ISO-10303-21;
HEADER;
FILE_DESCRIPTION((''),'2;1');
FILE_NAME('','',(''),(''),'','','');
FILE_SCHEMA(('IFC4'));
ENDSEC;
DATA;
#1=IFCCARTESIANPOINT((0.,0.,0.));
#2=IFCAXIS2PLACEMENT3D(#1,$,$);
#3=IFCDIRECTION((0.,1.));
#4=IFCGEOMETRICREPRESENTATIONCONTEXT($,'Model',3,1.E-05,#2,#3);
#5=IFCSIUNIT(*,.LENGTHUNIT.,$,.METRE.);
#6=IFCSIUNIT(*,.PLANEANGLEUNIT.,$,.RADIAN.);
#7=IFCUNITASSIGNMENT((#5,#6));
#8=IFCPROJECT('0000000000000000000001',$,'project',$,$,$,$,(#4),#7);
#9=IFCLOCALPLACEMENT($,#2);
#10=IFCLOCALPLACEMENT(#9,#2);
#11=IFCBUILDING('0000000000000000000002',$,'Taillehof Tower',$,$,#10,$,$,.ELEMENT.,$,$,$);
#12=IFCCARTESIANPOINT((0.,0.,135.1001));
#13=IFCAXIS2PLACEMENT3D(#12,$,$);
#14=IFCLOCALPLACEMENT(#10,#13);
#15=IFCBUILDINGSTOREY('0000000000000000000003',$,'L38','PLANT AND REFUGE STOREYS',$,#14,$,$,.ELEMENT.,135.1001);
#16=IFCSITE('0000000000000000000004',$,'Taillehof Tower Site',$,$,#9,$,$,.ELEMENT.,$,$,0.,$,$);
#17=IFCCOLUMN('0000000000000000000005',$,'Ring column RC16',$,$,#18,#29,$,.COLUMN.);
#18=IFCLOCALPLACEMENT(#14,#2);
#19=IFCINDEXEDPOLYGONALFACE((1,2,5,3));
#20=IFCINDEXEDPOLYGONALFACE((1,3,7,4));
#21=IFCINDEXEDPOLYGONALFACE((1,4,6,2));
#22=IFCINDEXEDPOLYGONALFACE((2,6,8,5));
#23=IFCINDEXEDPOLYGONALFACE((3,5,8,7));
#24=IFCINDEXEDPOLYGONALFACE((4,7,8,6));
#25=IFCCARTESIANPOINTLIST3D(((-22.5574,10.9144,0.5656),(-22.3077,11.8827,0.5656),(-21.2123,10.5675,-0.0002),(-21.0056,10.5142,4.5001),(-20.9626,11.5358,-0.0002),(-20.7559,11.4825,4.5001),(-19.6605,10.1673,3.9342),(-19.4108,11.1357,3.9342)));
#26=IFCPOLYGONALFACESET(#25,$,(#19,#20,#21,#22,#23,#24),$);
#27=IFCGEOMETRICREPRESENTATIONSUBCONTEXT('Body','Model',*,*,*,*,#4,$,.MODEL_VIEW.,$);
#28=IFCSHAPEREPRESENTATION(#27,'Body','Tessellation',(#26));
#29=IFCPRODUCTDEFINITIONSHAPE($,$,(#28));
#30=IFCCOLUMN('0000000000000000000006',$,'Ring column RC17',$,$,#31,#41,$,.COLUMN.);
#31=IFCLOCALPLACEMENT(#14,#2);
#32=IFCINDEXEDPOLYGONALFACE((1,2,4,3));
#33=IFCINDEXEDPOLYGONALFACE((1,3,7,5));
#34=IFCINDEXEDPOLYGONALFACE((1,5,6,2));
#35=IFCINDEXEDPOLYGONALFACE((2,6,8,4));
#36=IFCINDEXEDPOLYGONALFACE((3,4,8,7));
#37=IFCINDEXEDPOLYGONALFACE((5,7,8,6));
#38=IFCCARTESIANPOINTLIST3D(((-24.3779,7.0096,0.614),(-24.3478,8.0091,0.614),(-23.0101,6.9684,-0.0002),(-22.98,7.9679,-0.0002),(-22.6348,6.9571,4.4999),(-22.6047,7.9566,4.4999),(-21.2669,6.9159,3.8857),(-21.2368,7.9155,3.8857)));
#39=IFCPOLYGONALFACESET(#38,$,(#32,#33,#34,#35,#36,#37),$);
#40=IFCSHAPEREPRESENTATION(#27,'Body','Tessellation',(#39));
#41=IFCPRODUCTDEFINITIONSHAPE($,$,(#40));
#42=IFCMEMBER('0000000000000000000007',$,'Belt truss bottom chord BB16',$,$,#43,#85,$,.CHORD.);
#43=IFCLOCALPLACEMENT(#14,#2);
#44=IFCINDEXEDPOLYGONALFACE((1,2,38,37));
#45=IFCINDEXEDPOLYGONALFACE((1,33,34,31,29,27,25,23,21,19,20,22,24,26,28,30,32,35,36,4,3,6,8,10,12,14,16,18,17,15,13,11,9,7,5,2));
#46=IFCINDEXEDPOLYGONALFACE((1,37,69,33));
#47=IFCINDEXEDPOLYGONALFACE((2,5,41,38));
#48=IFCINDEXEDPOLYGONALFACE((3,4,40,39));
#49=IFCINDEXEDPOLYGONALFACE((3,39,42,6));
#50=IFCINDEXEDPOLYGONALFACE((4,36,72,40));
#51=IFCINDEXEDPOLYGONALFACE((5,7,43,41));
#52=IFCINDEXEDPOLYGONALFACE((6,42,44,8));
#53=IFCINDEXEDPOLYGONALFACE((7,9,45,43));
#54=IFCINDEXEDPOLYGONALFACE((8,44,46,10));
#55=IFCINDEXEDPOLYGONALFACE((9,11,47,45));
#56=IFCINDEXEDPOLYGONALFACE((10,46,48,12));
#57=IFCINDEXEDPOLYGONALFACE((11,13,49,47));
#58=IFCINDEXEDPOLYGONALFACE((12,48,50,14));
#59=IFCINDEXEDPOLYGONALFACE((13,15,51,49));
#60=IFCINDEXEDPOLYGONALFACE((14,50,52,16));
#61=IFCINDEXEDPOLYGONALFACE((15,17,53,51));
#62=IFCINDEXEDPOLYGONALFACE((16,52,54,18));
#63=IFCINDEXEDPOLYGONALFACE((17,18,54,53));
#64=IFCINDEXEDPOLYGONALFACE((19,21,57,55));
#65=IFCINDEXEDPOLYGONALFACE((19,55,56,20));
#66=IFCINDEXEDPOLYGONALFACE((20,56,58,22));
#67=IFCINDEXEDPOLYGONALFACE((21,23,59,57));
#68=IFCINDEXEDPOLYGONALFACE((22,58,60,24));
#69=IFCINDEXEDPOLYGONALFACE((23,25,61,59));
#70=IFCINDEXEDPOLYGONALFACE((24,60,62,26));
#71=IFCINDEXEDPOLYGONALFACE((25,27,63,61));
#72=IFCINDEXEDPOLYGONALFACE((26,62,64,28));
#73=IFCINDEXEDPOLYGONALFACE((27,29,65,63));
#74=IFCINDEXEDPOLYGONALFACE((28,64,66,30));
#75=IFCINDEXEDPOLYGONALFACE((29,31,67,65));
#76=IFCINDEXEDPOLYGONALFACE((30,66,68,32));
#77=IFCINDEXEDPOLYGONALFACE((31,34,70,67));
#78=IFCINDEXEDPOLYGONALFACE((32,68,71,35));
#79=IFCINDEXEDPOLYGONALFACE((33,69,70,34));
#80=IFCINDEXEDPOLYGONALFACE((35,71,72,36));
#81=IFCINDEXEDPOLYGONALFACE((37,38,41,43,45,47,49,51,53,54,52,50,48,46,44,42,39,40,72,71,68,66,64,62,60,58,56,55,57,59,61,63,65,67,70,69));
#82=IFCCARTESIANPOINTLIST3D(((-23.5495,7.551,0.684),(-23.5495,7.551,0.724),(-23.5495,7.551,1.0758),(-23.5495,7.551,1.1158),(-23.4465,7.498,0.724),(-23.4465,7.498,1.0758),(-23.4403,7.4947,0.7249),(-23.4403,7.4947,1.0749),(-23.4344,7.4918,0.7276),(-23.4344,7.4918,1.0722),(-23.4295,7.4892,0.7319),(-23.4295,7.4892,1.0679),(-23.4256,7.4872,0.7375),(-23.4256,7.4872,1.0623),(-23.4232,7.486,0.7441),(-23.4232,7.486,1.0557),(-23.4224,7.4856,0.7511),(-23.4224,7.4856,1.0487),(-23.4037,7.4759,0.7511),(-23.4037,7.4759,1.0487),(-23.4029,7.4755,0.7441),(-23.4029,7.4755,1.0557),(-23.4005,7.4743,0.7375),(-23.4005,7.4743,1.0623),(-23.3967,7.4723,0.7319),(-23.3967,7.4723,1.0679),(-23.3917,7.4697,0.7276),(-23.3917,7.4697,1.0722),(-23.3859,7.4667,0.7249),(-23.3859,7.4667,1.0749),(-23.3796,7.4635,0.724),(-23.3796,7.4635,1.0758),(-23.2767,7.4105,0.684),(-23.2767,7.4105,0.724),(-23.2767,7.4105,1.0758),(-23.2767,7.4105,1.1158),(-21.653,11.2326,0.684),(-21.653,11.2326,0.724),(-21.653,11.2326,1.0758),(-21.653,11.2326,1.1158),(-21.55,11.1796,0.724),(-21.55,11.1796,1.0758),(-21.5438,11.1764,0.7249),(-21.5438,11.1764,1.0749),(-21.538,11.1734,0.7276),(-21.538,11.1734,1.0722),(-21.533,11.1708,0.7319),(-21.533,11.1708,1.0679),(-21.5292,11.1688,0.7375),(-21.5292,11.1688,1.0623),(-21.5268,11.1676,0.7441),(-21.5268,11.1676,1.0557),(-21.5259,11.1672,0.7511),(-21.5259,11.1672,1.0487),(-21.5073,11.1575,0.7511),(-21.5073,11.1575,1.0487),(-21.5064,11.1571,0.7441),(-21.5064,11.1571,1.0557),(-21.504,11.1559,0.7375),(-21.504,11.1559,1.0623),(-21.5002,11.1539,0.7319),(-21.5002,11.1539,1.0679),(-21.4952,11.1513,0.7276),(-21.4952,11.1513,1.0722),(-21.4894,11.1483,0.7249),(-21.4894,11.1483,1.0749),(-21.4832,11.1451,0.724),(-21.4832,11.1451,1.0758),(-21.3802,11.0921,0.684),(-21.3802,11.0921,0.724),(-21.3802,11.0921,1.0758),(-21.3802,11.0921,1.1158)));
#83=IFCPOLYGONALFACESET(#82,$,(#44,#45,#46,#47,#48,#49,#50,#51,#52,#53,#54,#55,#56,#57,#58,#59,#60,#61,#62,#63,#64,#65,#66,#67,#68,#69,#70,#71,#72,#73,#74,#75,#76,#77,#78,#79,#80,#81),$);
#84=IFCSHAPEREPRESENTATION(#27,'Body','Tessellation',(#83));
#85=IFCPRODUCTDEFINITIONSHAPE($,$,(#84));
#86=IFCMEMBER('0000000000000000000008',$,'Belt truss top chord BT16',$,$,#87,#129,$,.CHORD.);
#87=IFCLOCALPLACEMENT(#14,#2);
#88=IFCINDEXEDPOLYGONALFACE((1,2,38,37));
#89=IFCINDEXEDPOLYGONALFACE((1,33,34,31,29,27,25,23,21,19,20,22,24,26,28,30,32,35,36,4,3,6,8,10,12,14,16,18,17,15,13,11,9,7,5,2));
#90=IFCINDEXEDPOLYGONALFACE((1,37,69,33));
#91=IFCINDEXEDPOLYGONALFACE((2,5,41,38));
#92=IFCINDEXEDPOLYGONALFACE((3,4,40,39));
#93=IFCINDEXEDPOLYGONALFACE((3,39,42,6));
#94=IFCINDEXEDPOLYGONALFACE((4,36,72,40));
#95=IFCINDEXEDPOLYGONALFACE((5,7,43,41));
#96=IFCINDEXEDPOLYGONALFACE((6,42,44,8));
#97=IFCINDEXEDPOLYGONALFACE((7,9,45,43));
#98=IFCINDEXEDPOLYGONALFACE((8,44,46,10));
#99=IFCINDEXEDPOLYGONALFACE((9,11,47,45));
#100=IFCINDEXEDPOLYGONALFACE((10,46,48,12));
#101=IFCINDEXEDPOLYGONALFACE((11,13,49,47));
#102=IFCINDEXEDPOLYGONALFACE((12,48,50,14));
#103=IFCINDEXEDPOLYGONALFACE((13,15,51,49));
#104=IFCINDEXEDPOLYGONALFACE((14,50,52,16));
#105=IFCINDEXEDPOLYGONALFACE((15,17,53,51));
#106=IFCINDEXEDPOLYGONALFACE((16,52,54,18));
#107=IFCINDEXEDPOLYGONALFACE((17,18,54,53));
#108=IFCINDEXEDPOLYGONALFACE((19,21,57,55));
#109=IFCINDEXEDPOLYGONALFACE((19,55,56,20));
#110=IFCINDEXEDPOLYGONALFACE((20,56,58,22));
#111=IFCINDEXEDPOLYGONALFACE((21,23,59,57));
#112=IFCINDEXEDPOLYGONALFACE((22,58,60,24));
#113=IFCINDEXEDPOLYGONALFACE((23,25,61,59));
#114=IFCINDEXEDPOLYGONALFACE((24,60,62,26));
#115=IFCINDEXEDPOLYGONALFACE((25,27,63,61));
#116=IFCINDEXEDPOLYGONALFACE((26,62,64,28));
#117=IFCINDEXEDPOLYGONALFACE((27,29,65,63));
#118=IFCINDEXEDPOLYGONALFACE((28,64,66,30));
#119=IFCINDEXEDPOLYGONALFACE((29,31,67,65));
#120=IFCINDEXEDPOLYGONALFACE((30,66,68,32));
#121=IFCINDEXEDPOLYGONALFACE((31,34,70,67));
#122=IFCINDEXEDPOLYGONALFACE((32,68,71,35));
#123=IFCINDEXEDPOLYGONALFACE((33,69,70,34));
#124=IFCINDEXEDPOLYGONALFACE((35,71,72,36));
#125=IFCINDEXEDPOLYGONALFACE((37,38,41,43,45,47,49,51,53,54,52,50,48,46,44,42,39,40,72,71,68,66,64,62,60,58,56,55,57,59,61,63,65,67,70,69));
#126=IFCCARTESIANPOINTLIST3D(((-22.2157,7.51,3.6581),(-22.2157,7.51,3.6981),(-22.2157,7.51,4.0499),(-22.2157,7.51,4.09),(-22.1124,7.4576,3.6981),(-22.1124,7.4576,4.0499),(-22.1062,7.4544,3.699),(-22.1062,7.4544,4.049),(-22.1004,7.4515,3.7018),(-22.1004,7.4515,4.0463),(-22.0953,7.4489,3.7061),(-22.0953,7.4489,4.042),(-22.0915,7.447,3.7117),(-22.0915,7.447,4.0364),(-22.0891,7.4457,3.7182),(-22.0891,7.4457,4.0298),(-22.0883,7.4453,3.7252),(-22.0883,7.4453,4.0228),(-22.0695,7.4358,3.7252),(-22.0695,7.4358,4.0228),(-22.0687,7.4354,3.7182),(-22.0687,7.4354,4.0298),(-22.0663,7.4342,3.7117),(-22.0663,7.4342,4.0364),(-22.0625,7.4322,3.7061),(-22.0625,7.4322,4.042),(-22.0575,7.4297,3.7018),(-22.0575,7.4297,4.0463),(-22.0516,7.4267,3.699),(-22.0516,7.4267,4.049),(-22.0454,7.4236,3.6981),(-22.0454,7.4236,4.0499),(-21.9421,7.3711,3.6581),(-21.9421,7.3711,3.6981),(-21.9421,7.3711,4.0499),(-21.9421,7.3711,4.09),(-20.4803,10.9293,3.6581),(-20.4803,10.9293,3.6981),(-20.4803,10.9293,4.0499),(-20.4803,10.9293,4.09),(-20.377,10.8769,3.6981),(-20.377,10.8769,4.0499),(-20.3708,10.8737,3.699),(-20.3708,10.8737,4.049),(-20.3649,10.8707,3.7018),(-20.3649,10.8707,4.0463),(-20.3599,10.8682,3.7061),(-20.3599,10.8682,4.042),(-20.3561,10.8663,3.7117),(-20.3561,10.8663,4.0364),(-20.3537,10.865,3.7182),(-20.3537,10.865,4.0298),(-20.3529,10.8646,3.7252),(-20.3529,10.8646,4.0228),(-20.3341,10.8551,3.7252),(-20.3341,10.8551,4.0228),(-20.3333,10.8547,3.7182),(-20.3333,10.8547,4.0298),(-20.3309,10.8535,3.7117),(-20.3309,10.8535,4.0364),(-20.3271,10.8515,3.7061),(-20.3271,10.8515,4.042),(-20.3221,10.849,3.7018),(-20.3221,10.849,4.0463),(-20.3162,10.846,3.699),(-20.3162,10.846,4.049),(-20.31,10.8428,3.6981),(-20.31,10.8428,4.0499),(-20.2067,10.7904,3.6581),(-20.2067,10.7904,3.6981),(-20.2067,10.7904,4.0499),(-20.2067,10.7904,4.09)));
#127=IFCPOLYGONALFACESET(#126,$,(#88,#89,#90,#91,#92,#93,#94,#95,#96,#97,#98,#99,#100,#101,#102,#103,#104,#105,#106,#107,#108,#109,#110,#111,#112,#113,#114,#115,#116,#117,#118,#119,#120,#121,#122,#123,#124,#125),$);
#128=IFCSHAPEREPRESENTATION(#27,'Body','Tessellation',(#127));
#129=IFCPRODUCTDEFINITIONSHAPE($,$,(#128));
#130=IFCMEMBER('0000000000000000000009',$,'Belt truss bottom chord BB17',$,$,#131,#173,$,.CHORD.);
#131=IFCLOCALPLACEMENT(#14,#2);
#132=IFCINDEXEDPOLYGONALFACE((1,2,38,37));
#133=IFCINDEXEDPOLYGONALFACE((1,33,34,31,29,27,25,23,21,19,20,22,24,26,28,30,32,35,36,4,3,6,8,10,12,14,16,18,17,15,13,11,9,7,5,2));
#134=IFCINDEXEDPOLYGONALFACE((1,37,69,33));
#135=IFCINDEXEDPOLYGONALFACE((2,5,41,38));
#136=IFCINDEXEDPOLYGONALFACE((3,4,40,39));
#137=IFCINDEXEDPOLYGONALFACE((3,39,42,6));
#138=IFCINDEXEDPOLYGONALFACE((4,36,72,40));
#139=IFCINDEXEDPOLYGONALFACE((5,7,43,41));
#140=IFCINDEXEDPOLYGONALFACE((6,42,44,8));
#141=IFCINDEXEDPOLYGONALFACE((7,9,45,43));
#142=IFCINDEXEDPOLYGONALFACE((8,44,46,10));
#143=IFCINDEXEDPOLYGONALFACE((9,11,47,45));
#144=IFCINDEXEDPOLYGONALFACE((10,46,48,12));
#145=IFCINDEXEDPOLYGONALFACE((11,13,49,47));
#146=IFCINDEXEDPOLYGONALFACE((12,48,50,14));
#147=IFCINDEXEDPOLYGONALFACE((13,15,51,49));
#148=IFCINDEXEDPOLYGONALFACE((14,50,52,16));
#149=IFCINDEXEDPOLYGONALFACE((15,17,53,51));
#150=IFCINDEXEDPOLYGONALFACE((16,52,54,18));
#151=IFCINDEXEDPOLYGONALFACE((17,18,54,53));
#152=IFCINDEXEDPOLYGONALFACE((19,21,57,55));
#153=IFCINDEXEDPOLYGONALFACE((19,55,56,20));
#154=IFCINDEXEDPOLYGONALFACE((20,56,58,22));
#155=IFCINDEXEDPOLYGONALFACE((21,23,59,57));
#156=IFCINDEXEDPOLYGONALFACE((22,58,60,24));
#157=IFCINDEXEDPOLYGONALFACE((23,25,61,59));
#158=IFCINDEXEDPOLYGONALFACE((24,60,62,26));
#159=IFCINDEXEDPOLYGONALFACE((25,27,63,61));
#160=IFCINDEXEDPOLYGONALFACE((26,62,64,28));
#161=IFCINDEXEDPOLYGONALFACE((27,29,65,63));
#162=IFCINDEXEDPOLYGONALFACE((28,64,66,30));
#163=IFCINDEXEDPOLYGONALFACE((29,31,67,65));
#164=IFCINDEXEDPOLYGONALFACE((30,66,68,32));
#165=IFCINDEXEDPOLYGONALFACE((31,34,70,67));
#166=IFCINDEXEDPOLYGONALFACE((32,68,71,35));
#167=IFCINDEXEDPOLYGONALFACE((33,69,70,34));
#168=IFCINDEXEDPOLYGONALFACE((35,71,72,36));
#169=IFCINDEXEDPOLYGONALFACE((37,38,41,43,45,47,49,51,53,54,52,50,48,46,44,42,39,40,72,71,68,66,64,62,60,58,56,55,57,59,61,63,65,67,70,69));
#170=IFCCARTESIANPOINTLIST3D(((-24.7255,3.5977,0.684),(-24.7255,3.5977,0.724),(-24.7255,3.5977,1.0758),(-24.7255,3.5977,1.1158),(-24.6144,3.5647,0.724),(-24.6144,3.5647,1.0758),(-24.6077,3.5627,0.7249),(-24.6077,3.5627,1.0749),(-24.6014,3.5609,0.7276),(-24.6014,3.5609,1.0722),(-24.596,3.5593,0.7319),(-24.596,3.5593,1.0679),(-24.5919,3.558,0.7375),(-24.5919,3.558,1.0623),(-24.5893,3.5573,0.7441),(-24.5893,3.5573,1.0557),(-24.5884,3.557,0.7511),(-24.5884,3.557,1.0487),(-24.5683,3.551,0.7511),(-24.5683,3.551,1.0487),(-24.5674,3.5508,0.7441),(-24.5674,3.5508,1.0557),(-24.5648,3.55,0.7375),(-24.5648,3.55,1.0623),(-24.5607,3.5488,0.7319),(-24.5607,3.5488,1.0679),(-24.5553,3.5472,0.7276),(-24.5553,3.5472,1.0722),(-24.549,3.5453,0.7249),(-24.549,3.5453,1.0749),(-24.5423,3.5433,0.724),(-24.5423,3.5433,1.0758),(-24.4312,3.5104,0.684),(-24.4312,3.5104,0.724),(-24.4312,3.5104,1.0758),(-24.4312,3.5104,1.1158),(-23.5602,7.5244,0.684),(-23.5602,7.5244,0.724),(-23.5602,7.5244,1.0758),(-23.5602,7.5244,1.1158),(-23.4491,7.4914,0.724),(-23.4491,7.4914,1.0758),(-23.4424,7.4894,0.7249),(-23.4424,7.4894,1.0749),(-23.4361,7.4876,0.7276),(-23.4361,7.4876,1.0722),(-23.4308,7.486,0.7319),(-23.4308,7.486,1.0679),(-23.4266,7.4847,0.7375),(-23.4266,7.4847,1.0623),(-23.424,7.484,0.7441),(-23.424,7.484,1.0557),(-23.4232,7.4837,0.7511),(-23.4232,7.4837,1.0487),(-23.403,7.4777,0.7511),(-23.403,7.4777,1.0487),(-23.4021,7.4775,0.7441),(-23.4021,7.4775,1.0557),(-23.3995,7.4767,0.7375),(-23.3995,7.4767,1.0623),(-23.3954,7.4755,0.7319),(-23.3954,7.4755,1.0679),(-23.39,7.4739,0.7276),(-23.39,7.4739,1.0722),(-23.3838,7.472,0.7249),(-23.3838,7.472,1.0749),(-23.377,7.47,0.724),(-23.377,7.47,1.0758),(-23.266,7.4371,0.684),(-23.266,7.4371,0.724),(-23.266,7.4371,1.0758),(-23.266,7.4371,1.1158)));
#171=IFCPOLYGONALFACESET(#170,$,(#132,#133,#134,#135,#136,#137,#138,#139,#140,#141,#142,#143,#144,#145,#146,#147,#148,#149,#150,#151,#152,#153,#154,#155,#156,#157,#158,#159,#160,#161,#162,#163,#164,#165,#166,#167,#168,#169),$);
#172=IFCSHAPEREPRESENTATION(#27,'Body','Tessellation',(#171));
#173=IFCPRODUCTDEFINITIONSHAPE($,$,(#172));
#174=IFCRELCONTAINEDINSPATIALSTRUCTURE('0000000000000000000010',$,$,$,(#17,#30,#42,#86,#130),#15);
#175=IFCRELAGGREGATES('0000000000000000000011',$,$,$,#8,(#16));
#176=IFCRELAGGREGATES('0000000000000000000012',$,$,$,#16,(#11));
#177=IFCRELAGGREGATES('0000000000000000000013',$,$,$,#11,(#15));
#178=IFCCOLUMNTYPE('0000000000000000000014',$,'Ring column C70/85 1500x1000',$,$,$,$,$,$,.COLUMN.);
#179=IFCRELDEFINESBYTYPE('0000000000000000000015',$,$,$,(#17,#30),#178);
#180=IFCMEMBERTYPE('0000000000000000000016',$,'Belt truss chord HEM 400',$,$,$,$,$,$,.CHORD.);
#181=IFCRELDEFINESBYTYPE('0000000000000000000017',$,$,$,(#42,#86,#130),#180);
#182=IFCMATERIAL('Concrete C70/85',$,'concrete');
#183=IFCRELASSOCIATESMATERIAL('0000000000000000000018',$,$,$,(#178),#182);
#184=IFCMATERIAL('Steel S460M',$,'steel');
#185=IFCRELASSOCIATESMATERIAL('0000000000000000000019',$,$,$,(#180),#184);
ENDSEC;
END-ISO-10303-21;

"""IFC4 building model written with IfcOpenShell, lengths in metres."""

from ifc_helpers import new_model, si_unit, direction, frame, origin, origin_2d, place, context, subcontext, project, spatial, rectangle, i_section, extrude, material, material_profile, profile_set, type_object, element, save


model = new_model("IFC4")

# Units and contexts
model_context = context("Model", 3, precision=1e-05, world=origin(), true_north=direction((0.0, 1.0)))
body_context = subcontext(model_context, "Body", "Model", "MODEL_VIEW")
ifc_project = project(units=[si_unit("LENGTHUNIT", "METRE"), si_unit("PLANEANGLEUNIT", "RADIAN")], contexts=[model_context])

# Site, building, storey
site_placement = place(None, origin())
site = spatial("IfcSite", under=ifc_project, at=site_placement, Name="Taillehof Tower Site", CompositionType="ELEMENT", RefElevation=0.0)
building_placement = place(site_placement, origin())
building = spatial("IfcBuilding", under=site, at=building_placement, Name="Taillehof Tower", CompositionType="ELEMENT")
storey_placement = place(building_placement, frame((0.0, 0.0, 135.1001)))
storey = spatial("IfcBuildingStorey", under=building, at=storey_placement, Name="L38", Description="PLANT AND REFUGE STOREYS", CompositionType="ELEMENT", Elevation=135.1001)

# Columns
ifc_material_1 = material(Name="Concrete C70/85", Category="concrete")
ifc_material_profile_1 = material_profile(ifc_material_1, rectangle(XDim=1.5, YDim=1.0, at=origin_2d()), Name="RC 1500x1000")
ifc_profile_set_1 = profile_set([ifc_material_profile_1], Name="Concrete C70/85")
column_type = type_object("IfcColumnType", Name="Ring column C70/85 1500x1000", PredefinedType="COLUMN", material=ifc_profile_set_1)
column_1_placement = place(storey_placement, frame((-21.76, 11.2251, 0.2827), z_axis=(0.365276, -0.094193, 0.926121), x_axis=(-0.896785, 0.231251, 0.377225)))
element("IfcColumn", 1, at=column_1_placement, inside=storey, type_object=column_type, Name="Ring column RC16", PredefinedType="COLUMN", context=body_context, shape_type="SweptSolid", body=[
    extrude(rectangle(XDim=1.5, YDim=1.0, at=origin_2d()), origin(), (0.0, 0.0, 1.0), 4.2483),
])
column_2_placement = place(storey_placement, frame((-23.679, 7.4888, 0.3069), z_axis=(0.409254, -0.012323, 0.912337), x_axis=(-0.911924, 0.02746, 0.409439)))
element("IfcColumn", 2, at=column_2_placement, inside=storey, type_object=column_type, Name="Ring column RC17", PredefinedType="COLUMN", context=body_context, shape_type="SweptSolid", body=[
    extrude(rectangle(XDim=1.5, YDim=1.0, at=origin_2d()), origin(), (0.0, 0.0, 1.0), 4.2593),
])

# Members
ifc_material_2 = material(Name="Steel S460M", Category="steel")
ifc_material_profile_2 = material_profile(ifc_material_2, i_section(OverallWidth=0.3069, OverallDepth=0.4319, WebThickness=0.021, FlangeThickness=0.04, FilletRadius=0.0271, at=origin_2d()), Name="HEM 400")
ifc_profile_set_2 = profile_set([ifc_material_profile_2], Name="Steel S460M")
member_type_1 = type_object("IfcMemberType", Name="Belt truss chord HEM 400", PredefinedType="CHORD", material=ifc_profile_set_2)
member_1_placement = place(storey_placement, frame((-21.5166, 11.1624, 0.8999), z_axis=(-0.457934, -0.888986, 0.0), x_axis=(0.888986, -0.457934, 0.0)))
element("IfcMember", 3, at=member_1_placement, inside=storey, type_object=member_type_1, Name="Belt truss bottom chord BB16", PredefinedType="CHORD", context=body_context, shape_type="SweptSolid", body=[
    extrude(i_section(OverallWidth=0.3069, OverallDepth=0.4319, WebThickness=0.021, FlangeThickness=0.04, FilletRadius=0.0271, at=origin_2d()), origin(), (0.0, 0.0, 1.0), 4.1414),
])
member_2_placement = place(storey_placement, frame((-20.3435, 10.8599, 3.874), z_axis=(-0.452579, -0.891724, 0.0), x_axis=(0.891724, -0.452579, 0.0)))
element("IfcMember", 4, at=member_2_placement, inside=storey, type_object=member_type_1, Name="Belt truss top chord BT16", PredefinedType="CHORD", context=body_context, shape_type="SweptSolid", body=[
    extrude(i_section(OverallWidth=0.3069, OverallDepth=0.4319, WebThickness=0.021, FlangeThickness=0.04, FilletRadius=0.0271, at=origin_2d()), origin(), (0.0, 0.0, 1.0), 3.8345),
])
member_3_placement = place(storey_placement, frame((-23.4131, 7.4807, 0.8999), z_axis=(-0.284492, -0.958678, 0.0), x_axis=(0.958678, -0.284492, 0.0)))
element("IfcMember", 5, at=member_3_placement, inside=storey, type_object=member_type_1, Name="Belt truss bottom chord BB17", PredefinedType="CHORD", context=body_context, shape_type="SweptSolid", body=[
    extrude(i_section(OverallWidth=0.3069, OverallDepth=0.4319, WebThickness=0.021, FlangeThickness=0.04, FilletRadius=0.0271, at=origin_2d()), origin(), (0.0, 0.0, 1.0), 4.0959),
])

save(model, "model.ifc")
